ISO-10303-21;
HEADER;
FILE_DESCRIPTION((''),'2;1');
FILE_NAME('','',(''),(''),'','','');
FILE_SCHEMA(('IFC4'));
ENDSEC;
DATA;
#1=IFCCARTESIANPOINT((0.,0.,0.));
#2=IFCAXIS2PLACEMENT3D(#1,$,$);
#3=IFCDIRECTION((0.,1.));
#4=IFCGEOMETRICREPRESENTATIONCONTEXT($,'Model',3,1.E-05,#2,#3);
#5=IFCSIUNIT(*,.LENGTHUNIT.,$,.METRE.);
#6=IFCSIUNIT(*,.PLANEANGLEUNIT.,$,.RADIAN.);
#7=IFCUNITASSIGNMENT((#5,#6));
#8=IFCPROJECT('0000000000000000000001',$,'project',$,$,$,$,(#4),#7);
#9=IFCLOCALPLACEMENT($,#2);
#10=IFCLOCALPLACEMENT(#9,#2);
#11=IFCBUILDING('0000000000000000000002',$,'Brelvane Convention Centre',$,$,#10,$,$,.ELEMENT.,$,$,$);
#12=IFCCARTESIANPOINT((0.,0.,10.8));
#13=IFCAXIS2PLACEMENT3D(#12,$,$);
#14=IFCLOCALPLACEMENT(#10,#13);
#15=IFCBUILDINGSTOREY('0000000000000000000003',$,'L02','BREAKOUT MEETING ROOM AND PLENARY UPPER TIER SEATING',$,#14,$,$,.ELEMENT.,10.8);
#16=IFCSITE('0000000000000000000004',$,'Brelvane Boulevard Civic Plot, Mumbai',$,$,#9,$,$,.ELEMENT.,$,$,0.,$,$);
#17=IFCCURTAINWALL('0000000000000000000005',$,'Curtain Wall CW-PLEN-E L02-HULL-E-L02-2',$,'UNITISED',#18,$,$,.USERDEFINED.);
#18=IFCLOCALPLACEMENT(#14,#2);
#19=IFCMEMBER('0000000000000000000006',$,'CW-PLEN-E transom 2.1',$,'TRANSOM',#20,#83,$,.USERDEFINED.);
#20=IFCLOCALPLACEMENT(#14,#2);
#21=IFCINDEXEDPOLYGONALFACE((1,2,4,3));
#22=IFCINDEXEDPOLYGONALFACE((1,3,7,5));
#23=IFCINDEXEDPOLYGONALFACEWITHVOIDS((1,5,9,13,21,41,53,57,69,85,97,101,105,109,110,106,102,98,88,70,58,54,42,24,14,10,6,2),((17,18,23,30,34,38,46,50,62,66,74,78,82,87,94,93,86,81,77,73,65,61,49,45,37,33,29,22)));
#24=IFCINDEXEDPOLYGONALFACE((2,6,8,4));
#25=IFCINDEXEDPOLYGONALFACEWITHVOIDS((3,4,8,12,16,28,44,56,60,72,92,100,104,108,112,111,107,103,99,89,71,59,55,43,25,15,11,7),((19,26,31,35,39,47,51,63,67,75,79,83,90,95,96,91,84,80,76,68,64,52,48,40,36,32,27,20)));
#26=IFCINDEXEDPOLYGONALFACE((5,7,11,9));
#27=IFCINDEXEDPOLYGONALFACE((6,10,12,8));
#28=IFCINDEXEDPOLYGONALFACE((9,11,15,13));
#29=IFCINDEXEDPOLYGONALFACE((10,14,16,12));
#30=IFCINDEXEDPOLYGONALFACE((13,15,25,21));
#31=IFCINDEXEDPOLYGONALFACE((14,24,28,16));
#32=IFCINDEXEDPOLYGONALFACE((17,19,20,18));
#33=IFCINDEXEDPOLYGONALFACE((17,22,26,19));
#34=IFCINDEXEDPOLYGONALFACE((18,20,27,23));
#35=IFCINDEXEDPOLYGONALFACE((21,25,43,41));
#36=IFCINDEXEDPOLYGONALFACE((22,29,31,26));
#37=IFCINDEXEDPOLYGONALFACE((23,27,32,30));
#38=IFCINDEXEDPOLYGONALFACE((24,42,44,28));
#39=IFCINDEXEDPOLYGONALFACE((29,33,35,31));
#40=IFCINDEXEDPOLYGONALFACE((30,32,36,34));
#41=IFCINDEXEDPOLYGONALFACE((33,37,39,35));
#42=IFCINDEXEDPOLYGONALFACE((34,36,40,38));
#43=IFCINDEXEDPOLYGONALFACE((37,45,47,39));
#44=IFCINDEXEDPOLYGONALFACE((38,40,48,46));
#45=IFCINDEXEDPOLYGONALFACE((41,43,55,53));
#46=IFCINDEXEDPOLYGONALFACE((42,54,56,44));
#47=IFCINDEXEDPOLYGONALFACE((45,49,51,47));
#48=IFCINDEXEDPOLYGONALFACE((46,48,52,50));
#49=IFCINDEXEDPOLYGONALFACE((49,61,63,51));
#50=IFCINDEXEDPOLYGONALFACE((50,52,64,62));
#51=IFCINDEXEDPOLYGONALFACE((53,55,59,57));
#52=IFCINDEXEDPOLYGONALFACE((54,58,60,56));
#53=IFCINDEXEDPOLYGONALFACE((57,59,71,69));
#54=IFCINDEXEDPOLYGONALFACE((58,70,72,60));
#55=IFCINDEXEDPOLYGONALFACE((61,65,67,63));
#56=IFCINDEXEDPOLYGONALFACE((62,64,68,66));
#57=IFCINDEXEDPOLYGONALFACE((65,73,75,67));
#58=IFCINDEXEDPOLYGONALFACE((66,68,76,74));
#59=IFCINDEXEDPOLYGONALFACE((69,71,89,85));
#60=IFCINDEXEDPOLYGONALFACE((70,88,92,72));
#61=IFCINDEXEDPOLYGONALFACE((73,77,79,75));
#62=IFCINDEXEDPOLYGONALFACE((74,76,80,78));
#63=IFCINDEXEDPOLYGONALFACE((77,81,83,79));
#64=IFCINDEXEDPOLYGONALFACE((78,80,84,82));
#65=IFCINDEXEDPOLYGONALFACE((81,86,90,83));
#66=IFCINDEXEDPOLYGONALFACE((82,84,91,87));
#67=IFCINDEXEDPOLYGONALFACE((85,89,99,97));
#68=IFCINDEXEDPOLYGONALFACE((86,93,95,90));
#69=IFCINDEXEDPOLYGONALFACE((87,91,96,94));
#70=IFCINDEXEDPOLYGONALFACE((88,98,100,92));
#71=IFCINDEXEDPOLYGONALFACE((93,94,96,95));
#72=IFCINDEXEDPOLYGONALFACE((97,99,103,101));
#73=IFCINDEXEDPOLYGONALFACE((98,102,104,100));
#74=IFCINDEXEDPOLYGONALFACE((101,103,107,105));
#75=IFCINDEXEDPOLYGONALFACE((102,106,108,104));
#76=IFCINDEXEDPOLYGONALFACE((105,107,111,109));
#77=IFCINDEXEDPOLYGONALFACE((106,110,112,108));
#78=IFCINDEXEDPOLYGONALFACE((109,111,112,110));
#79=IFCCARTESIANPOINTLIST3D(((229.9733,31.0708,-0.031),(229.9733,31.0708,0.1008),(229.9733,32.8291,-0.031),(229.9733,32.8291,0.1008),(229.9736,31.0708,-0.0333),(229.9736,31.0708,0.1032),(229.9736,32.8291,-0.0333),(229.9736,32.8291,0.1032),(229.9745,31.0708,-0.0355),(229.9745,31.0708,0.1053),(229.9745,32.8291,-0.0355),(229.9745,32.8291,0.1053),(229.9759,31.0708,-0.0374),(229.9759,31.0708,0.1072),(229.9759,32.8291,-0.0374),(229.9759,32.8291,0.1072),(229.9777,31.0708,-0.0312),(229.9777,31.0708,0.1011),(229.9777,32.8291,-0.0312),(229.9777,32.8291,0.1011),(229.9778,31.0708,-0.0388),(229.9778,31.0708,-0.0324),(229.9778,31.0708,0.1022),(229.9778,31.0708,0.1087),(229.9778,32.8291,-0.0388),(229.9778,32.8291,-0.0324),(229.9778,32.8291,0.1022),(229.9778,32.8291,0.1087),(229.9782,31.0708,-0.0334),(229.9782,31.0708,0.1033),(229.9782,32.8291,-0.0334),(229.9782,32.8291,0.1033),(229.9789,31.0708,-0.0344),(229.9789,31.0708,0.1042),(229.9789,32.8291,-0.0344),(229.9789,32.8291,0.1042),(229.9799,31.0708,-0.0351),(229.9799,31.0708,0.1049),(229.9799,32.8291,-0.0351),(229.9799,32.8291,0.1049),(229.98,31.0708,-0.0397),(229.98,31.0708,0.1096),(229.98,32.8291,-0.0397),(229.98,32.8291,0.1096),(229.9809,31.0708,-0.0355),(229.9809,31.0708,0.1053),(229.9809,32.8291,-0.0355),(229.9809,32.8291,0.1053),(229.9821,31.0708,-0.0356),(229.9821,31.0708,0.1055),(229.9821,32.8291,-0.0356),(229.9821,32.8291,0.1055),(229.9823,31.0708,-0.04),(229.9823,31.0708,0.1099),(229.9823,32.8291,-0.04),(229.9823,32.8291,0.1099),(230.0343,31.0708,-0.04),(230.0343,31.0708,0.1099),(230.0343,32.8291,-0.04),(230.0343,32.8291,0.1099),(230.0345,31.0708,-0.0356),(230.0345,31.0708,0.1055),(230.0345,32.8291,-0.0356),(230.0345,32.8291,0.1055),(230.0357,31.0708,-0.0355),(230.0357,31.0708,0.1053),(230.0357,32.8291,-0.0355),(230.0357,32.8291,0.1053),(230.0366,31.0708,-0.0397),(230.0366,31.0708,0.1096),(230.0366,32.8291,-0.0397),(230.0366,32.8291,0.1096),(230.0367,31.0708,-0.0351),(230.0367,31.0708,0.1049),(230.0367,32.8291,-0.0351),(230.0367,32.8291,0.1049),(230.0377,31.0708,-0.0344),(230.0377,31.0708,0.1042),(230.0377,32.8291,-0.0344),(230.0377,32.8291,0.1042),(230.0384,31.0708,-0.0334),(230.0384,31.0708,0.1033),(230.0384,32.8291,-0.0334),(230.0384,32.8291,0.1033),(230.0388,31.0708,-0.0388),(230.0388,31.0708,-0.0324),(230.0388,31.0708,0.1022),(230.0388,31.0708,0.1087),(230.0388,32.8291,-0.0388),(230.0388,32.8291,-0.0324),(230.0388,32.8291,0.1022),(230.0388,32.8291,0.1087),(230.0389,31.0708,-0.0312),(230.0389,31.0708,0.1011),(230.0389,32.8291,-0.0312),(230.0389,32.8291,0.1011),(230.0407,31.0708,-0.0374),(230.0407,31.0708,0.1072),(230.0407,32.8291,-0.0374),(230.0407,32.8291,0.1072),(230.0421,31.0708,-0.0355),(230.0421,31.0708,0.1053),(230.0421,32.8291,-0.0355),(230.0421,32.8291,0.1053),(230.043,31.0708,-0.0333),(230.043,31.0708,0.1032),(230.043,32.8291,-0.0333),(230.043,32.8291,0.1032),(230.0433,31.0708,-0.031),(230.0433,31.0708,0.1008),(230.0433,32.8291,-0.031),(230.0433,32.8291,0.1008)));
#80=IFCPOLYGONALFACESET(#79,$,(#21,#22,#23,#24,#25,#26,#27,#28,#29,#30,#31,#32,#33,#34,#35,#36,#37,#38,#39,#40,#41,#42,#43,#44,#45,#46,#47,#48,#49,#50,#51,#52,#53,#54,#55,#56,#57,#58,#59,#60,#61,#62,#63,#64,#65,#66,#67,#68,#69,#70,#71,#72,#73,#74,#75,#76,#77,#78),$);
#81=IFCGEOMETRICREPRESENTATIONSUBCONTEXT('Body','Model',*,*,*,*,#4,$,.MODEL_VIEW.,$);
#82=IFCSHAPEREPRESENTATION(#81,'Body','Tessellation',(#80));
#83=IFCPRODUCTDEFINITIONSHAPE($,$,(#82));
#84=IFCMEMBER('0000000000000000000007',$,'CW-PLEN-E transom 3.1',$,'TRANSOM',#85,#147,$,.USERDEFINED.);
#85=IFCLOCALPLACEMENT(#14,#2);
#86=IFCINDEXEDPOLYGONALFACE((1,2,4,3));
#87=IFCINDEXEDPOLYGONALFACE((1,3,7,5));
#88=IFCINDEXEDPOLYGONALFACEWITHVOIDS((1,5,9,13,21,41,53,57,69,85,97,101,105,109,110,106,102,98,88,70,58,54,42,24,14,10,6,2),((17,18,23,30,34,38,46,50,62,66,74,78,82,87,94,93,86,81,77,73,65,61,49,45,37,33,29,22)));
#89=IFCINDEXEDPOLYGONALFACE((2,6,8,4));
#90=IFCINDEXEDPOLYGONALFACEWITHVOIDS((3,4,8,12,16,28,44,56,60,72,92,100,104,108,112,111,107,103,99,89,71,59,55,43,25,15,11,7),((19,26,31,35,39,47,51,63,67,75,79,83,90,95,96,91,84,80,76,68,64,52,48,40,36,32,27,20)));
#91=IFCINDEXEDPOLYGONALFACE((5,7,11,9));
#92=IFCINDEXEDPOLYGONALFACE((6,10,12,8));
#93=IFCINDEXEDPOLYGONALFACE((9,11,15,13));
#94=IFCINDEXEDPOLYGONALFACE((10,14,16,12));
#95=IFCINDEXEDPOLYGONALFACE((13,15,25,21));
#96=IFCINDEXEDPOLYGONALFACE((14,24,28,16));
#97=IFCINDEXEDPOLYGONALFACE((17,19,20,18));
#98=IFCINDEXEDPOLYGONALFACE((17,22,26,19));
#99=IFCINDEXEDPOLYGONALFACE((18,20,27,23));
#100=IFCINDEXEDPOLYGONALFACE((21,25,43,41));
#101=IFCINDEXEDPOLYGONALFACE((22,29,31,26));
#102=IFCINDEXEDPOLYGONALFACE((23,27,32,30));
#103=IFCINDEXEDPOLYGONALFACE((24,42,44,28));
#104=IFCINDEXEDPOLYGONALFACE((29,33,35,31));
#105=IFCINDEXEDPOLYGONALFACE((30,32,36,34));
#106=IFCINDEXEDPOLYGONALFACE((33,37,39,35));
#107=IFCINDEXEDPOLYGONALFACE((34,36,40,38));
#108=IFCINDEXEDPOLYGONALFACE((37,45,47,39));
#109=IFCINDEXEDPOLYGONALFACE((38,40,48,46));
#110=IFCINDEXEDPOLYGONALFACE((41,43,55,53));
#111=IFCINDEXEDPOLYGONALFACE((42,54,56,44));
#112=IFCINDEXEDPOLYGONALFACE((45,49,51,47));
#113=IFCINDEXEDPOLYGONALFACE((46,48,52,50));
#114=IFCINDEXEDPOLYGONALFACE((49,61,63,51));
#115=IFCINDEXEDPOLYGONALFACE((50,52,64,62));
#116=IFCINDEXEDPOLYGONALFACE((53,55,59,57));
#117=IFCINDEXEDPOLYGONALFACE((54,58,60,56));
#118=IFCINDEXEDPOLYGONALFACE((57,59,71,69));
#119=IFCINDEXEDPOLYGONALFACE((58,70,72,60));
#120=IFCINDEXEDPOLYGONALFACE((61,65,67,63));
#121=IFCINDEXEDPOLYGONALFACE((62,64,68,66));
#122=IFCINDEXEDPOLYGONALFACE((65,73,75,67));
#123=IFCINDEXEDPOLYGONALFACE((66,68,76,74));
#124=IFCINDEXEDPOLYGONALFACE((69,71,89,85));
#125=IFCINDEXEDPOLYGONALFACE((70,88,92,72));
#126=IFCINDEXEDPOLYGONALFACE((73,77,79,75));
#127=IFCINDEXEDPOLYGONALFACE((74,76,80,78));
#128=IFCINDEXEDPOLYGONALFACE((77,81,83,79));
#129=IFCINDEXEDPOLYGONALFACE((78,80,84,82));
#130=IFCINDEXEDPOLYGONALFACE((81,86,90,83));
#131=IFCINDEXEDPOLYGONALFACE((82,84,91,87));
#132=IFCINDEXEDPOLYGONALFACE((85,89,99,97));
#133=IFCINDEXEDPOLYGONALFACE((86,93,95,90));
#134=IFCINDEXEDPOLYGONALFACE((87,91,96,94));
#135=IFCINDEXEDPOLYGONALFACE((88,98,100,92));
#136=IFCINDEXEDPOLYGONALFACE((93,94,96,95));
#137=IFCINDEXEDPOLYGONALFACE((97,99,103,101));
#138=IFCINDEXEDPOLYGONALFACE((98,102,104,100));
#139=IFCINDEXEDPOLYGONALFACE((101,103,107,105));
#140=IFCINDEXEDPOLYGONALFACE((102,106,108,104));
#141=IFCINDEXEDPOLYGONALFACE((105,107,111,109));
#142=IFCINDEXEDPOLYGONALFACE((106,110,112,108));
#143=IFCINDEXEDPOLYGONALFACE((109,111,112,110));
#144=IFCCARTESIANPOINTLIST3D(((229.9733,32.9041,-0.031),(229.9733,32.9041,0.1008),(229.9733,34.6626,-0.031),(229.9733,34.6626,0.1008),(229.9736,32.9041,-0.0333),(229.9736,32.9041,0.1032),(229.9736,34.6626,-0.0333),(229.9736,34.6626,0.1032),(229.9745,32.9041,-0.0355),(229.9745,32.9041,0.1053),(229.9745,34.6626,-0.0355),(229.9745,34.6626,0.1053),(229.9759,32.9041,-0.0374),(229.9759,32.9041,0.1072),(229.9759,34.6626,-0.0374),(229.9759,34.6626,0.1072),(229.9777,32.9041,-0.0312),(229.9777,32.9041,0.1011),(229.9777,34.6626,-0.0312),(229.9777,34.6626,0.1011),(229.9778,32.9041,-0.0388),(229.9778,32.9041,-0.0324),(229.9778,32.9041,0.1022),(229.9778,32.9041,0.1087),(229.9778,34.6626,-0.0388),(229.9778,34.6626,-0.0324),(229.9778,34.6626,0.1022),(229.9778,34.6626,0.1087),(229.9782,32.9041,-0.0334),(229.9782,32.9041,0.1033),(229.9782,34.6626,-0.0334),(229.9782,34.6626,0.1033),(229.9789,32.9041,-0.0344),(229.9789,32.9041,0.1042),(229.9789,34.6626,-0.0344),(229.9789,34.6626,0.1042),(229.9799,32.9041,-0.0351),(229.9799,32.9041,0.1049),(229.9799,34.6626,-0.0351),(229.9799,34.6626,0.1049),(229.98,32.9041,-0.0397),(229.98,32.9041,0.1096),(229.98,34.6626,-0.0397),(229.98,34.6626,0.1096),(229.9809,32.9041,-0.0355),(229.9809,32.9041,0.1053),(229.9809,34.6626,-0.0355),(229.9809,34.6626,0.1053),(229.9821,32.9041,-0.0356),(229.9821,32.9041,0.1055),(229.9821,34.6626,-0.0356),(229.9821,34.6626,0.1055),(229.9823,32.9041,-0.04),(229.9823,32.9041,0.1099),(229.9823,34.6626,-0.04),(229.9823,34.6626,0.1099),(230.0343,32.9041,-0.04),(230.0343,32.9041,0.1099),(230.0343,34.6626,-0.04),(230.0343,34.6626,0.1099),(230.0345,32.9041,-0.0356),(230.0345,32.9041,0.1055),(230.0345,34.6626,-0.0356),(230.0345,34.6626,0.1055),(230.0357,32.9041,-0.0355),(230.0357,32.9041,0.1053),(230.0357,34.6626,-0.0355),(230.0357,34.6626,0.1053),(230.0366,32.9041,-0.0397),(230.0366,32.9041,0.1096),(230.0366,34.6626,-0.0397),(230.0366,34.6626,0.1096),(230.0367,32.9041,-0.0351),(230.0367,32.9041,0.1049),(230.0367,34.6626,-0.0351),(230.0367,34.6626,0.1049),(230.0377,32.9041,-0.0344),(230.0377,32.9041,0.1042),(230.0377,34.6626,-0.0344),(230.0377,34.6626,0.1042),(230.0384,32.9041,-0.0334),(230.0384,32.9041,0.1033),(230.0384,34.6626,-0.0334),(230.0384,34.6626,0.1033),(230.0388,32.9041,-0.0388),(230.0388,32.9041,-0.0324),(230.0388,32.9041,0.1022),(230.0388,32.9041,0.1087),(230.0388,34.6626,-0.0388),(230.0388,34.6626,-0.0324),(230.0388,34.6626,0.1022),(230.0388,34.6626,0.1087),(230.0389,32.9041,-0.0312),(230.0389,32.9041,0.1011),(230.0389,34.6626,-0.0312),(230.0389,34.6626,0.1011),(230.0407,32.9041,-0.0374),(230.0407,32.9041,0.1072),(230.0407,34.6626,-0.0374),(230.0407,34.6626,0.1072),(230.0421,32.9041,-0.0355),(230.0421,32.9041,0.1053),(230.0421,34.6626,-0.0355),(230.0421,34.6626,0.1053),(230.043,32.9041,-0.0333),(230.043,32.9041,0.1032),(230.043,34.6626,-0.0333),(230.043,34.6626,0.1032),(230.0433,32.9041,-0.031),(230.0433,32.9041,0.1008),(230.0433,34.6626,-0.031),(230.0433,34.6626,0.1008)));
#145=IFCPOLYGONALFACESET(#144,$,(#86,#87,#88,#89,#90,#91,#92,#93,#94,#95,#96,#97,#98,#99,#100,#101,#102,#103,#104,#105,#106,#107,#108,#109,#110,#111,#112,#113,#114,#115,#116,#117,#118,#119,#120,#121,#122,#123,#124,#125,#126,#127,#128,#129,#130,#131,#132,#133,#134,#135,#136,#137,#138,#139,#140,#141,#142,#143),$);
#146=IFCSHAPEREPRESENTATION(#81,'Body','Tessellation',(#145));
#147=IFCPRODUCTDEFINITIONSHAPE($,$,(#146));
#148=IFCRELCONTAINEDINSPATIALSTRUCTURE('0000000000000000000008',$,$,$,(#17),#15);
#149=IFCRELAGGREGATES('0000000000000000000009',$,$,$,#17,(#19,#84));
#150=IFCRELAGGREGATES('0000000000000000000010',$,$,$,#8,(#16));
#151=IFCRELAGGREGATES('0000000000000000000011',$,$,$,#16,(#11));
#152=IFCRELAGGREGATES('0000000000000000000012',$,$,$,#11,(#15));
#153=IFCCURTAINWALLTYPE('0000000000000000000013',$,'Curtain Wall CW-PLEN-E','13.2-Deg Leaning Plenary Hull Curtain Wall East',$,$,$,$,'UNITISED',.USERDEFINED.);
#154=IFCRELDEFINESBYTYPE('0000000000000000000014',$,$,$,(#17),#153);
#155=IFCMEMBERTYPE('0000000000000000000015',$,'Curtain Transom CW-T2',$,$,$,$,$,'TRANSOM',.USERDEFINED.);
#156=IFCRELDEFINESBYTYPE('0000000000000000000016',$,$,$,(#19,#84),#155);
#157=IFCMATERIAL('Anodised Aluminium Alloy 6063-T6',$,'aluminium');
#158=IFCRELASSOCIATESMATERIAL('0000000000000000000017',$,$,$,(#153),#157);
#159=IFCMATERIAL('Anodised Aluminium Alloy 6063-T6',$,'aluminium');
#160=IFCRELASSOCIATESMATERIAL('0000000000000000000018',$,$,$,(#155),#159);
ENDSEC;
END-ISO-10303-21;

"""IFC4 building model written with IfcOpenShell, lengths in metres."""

from ifc_helpers import new_model, si_unit, direction, frame, origin, origin_2d, place, context, subcontext, project, spatial, hollow_rectangle, extrude, material, material_profile, profile_set, type_object, element, aggregate, save


model = new_model("IFC4")

# Units and contexts
model_context = context("Model", 3, precision=1e-05, world=origin(), true_north=direction((0.0, 1.0)))
body_context = subcontext(model_context, "Body", "Model", "MODEL_VIEW")
ifc_project = project(units=[si_unit("LENGTHUNIT", "METRE"), si_unit("PLANEANGLEUNIT", "RADIAN")], contexts=[model_context])

# Site, building, storey
site_placement = place(None, origin())
site = spatial("IfcSite", under=ifc_project, at=site_placement, Name="Brelvane Boulevard Civic Plot, Mumbai", CompositionType="ELEMENT", RefElevation=0.0)
building_placement = place(site_placement, origin())
building = spatial("IfcBuilding", under=site, at=building_placement, Name="Brelvane Convention Centre", CompositionType="ELEMENT")
storey_placement = place(building_placement, frame((0.0, 0.0, 10.8)))
storey = spatial("IfcBuildingStorey", under=building, at=storey_placement, Name="L02", Description="BREAKOUT MEETING ROOM AND PLENARY UPPER TIER SEATING", CompositionType="ELEMENT", Elevation=10.8)

# Curtain wall
ifc_material_1 = material(Name="Anodised Aluminium Alloy 6063-T6", Category="aluminium")
curtain_wall_type = type_object("IfcCurtainWallType", Name="Curtain Wall CW-PLEN-E", Description="13.2-Deg Leaning Plenary Hull Curtain Wall East", ElementType="UNITISED", PredefinedType="USERDEFINED", material=ifc_material_1)
curtain_wall_1_placement = place(storey_placement, origin())
curtain_wall_1 = element("IfcCurtainWall", 1, at=curtain_wall_1_placement, inside=storey, type_object=curtain_wall_type, Name="Curtain Wall CW-PLEN-E L02-HULL-E-L02-2", ObjectType="UNITISED", PredefinedType="USERDEFINED")
ifc_material_2 = material(Name="Anodised Aluminium Alloy 6063-T6", Category="aluminium")
ifc_material_profile_1 = material_profile(ifc_material_2, hollow_rectangle(XDim=0.0701, YDim=0.1499, WallThickness=0.0044, InnerFilletRadius=0.0044, OuterFilletRadius=0.009, at=origin_2d()), Name="ALU-T 150x70x4.5")
ifc_profile_set_1 = profile_set([ifc_material_profile_1], Name="Anodised Aluminium Alloy 6063-T6")
member_type_1 = type_object("IfcMemberType", Name="Curtain Transom CW-T2", ElementType="TRANSOM", PredefinedType="USERDEFINED", material=ifc_profile_set_1)

# Members
member_1_placement = place(storey_placement, frame((230.0083, 31.0708, 0.0349), z_axis=(0.0, 1.0, 0.0), x_axis=(-1.0, 0.0, 0.0)))
member_1 = element("IfcMember", 2, at=member_1_placement, type_object=member_type_1, Name="CW-PLEN-E transom 2.1", ObjectType="TRANSOM", PredefinedType="USERDEFINED", context=body_context, shape_type="SweptSolid", body=[
    extrude(hollow_rectangle(XDim=0.0701, YDim=0.1499, WallThickness=0.0044, InnerFilletRadius=0.0044, OuterFilletRadius=0.009, at=origin_2d()), origin(), (0.0, 0.0, 1.0), 1.7583),
])
member_2_placement = place(storey_placement, frame((230.0083, 32.9041, 0.0349), z_axis=(0.0, 1.0, 0.0), x_axis=(-1.0, 0.0, 0.0)))
member_2 = element("IfcMember", 3, at=member_2_placement, type_object=member_type_1, Name="CW-PLEN-E transom 3.1", ObjectType="TRANSOM", PredefinedType="USERDEFINED", context=body_context, shape_type="SweptSolid", body=[
    extrude(hollow_rectangle(XDim=0.0701, YDim=0.1499, WallThickness=0.0044, InnerFilletRadius=0.0044, OuterFilletRadius=0.009, at=origin_2d()), origin(), (0.0, 0.0, 1.0), 1.7585),
])

aggregate(curtain_wall_1, [member_1, member_2])

save(model, "model.ifc")
